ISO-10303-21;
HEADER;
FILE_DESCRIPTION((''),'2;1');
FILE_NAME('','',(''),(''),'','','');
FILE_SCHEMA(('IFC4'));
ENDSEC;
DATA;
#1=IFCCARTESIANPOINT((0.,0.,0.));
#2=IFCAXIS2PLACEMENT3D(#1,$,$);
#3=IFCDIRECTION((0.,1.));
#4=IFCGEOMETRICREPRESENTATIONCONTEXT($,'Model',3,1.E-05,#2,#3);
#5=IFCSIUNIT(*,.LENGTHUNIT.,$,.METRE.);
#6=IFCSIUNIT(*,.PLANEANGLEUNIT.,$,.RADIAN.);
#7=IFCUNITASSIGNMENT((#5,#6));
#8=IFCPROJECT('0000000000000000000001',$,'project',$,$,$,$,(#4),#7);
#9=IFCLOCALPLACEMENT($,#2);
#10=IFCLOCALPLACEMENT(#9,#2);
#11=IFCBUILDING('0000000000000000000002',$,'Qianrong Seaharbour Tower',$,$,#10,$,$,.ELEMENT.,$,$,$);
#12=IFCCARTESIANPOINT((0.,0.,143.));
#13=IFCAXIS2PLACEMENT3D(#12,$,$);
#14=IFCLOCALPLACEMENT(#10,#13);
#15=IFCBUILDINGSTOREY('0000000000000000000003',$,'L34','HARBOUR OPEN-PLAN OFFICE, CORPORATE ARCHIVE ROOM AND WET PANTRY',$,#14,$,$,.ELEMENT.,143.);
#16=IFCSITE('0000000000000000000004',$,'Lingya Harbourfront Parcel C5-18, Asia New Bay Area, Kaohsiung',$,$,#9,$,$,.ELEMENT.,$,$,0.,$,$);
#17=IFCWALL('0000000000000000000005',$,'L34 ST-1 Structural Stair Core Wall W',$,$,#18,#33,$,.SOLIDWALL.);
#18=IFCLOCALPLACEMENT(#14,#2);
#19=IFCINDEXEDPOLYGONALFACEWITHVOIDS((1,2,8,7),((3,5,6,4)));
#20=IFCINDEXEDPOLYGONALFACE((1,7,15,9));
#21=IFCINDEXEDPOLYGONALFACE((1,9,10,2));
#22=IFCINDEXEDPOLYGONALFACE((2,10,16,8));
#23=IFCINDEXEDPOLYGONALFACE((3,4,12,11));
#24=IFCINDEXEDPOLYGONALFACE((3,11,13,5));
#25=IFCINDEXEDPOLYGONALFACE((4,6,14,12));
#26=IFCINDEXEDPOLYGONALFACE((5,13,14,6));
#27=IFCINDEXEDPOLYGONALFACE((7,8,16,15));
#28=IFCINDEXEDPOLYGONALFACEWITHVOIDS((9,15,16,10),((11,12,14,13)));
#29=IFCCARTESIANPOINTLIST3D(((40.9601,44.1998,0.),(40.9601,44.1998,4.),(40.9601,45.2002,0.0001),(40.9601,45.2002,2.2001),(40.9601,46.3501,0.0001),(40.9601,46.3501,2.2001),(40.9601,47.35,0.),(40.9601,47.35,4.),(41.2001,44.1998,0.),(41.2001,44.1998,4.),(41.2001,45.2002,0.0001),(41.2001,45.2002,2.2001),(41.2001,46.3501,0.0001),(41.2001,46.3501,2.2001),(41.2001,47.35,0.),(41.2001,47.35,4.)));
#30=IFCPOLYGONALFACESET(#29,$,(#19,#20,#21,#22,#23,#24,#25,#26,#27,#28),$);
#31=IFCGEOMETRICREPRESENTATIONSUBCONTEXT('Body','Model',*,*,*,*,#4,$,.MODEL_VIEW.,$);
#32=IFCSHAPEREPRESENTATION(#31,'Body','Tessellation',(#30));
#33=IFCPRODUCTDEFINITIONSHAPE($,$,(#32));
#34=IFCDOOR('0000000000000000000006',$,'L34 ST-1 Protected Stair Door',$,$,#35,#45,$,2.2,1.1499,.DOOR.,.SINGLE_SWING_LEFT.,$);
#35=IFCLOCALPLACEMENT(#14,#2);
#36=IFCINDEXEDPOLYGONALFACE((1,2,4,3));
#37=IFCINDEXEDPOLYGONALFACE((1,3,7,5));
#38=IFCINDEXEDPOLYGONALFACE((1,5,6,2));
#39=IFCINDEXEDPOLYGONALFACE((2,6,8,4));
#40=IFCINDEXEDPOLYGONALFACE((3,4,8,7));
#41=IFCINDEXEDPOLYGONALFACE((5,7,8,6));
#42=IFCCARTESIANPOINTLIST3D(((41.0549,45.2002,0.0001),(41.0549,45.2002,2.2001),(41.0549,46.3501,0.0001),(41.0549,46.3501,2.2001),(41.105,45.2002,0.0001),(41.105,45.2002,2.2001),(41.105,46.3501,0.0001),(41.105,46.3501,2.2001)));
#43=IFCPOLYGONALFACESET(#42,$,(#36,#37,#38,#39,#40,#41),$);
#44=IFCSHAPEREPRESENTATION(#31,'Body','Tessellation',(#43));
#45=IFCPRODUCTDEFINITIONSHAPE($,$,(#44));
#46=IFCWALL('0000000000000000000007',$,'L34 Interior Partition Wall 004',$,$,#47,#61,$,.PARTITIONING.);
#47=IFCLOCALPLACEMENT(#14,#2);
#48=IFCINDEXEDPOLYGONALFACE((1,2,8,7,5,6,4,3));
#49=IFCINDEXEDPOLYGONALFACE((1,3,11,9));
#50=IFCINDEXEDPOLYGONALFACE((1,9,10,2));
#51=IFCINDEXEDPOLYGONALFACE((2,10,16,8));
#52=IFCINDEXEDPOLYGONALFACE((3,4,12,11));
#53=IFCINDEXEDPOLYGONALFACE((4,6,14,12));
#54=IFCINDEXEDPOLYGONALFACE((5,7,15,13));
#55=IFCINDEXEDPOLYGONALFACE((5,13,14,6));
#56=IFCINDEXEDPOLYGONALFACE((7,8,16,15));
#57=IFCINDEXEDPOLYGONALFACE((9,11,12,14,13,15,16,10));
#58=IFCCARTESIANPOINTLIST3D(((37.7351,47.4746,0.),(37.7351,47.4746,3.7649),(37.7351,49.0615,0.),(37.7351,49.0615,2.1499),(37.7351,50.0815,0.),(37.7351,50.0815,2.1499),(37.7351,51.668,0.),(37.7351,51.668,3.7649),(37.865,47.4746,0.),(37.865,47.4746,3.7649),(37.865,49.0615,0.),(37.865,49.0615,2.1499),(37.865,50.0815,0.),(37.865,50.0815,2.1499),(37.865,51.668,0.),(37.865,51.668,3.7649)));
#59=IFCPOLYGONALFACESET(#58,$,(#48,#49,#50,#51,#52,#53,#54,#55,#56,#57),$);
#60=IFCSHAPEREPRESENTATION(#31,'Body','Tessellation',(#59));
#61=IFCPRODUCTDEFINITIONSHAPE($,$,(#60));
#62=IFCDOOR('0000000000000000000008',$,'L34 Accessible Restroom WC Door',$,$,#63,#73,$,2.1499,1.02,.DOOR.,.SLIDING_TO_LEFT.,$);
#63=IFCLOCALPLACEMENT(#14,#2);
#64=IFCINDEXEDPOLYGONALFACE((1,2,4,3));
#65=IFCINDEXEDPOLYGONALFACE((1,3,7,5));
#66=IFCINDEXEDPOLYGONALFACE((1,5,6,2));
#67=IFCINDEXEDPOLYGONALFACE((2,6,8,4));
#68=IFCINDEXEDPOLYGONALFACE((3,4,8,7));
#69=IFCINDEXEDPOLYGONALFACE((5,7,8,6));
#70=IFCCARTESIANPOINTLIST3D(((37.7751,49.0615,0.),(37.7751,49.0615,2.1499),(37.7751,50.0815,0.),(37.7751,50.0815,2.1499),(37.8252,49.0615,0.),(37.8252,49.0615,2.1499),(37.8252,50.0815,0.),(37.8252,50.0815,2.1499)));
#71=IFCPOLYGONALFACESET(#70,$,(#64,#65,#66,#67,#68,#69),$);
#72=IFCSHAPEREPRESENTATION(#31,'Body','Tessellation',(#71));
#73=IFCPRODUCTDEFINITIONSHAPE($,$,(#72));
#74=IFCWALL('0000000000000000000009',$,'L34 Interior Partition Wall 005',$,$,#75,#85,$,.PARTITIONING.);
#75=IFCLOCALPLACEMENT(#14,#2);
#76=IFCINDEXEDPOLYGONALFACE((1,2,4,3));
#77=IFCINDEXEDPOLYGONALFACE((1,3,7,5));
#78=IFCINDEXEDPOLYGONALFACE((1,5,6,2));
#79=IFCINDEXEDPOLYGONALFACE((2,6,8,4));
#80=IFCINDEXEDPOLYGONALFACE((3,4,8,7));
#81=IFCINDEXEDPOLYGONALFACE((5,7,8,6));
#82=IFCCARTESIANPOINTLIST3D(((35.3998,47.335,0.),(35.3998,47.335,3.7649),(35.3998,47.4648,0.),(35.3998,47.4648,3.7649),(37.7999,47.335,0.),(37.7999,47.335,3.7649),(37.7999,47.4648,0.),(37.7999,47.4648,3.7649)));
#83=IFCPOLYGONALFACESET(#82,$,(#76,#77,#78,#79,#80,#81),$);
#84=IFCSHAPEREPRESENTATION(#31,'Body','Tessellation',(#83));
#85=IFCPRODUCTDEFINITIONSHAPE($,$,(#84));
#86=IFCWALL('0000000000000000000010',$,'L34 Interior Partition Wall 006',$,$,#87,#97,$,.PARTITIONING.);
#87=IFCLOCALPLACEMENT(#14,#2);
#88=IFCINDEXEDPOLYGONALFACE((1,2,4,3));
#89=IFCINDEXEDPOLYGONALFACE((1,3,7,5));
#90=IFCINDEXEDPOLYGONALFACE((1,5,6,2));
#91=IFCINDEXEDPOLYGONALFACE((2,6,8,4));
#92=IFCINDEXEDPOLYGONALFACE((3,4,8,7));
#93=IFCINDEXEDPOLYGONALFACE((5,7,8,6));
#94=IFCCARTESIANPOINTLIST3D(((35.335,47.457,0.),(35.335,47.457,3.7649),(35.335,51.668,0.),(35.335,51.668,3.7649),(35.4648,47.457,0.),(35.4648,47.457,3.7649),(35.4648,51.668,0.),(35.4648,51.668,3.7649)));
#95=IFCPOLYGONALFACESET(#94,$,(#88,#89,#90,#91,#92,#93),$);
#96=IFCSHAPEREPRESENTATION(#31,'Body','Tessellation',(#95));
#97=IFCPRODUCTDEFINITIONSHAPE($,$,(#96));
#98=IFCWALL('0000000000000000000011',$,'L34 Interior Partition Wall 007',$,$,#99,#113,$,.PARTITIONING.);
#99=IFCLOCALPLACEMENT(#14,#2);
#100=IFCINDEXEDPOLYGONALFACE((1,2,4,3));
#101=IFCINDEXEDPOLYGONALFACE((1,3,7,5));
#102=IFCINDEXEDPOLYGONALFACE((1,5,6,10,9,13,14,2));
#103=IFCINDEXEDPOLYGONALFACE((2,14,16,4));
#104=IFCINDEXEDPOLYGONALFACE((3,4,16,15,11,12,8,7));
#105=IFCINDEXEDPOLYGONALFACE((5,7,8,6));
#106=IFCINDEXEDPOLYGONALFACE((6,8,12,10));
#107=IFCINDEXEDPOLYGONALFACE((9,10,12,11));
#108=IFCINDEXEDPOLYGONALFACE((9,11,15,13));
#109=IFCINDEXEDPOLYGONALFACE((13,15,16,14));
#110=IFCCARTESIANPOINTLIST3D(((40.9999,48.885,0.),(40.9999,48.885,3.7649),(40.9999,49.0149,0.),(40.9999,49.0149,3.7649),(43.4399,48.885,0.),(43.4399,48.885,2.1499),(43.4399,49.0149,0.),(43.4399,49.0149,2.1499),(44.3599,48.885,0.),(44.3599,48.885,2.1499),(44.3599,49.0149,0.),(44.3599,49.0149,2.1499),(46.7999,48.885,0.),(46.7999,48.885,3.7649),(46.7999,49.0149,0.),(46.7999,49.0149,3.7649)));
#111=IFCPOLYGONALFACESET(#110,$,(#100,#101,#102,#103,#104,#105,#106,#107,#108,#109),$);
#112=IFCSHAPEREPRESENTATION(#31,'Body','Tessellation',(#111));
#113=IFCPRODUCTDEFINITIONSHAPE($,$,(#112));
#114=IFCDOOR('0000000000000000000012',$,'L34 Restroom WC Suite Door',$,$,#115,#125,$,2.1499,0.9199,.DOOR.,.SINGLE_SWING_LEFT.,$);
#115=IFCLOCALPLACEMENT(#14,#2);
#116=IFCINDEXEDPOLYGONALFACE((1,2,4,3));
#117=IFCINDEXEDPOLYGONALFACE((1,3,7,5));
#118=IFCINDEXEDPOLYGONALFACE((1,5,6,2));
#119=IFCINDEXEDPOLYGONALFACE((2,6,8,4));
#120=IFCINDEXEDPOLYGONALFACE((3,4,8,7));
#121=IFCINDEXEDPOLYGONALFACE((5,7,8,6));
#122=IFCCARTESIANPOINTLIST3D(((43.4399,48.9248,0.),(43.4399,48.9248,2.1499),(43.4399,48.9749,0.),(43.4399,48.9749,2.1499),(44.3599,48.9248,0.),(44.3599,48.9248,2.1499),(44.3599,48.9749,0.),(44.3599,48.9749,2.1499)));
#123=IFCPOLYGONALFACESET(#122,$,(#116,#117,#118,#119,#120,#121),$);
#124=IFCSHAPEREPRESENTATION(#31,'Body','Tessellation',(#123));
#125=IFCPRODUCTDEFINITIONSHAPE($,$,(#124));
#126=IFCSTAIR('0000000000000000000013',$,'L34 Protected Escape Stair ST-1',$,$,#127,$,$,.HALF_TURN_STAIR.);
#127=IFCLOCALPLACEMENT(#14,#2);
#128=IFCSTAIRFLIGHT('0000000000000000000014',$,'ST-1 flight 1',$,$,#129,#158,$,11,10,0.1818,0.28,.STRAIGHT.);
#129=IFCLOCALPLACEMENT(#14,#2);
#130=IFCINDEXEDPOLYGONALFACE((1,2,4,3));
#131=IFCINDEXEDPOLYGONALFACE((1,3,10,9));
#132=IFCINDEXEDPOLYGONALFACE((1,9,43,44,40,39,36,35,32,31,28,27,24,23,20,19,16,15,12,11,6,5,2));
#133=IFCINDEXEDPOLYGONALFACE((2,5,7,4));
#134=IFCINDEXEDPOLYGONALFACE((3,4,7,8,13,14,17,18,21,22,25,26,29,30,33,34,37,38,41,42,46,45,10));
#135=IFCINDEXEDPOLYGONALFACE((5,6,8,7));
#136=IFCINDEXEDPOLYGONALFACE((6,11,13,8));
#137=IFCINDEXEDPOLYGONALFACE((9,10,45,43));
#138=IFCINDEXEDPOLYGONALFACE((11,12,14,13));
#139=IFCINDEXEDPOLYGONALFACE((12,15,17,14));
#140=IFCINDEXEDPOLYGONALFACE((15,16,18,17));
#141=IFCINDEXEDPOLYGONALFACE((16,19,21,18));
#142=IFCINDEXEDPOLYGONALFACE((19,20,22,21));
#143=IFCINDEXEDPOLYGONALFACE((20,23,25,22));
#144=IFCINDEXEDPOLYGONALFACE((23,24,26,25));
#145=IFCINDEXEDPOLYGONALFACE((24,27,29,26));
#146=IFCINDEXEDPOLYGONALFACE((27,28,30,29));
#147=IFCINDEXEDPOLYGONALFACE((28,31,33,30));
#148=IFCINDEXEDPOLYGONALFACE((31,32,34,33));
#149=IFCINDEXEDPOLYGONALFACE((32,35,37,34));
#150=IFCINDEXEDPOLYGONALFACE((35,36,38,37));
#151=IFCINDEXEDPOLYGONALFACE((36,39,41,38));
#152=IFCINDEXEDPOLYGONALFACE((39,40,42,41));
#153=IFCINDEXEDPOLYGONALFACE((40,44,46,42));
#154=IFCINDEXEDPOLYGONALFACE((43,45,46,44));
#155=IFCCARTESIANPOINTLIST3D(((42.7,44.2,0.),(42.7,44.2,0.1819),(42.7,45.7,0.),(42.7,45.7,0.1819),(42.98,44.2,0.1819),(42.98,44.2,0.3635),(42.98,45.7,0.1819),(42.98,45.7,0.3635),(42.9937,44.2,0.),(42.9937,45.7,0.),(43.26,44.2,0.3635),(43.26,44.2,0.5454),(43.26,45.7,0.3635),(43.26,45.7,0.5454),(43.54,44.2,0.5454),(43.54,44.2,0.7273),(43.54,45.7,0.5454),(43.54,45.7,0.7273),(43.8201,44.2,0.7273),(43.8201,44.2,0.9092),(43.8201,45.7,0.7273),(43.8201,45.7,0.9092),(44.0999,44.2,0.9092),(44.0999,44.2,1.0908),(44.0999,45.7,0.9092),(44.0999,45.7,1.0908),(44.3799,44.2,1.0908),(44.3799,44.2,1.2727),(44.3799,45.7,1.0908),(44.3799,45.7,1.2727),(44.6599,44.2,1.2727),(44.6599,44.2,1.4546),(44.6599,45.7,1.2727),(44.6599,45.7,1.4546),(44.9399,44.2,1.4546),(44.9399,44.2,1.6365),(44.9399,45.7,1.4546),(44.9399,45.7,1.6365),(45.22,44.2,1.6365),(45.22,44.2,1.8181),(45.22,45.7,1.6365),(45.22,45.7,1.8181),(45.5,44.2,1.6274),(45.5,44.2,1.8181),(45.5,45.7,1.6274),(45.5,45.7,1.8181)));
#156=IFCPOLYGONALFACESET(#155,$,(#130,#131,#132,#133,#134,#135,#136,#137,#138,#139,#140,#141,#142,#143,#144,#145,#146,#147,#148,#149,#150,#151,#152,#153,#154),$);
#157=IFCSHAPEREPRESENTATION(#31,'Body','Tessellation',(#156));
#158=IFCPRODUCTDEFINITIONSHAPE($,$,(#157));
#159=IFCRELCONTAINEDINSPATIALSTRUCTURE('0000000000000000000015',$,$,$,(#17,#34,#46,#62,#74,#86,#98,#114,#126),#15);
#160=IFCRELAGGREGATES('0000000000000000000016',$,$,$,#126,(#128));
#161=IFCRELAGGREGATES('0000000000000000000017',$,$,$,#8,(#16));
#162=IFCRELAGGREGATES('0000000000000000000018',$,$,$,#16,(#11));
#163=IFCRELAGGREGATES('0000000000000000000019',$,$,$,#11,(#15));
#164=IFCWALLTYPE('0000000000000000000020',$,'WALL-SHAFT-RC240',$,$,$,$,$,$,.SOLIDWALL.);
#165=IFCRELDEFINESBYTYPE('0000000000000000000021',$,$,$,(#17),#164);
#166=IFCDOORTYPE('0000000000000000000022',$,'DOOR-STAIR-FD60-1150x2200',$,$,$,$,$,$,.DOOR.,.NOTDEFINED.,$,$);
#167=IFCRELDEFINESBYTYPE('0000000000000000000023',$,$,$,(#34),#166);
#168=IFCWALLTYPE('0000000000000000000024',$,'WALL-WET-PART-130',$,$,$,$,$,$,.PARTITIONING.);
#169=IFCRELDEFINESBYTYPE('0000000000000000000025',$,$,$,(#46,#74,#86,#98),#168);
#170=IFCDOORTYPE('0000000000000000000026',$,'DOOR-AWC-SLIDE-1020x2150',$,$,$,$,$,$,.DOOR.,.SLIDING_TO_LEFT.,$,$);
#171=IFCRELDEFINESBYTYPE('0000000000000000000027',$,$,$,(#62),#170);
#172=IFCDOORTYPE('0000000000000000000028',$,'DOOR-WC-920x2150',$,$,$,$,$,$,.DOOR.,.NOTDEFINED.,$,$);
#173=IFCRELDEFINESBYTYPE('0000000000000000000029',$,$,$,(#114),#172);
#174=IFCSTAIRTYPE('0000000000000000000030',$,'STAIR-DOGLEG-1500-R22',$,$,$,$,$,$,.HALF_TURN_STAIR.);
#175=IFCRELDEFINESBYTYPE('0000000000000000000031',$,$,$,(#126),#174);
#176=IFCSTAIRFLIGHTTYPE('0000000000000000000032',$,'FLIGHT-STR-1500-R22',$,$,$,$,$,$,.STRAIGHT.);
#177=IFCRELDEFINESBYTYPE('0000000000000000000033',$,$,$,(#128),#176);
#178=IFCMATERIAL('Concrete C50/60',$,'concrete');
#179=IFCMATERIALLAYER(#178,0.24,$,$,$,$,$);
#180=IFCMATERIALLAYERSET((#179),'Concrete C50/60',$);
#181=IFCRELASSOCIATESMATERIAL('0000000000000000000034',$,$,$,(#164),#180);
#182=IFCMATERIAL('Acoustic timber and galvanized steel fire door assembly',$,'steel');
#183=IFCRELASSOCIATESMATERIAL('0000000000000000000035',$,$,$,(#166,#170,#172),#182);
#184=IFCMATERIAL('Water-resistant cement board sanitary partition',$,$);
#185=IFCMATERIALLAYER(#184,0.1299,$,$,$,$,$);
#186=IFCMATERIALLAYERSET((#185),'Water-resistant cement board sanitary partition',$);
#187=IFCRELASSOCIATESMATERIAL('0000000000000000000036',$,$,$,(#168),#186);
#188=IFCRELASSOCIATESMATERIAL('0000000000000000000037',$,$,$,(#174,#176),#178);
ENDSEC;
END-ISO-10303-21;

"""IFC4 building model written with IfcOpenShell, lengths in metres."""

from ifc_helpers import new_model, si_unit, direction, frame, frame_2d, origin, place, context, subcontext, project, spatial, polyline, rectangle, outline, extrude, material, layer, layer_set, type_object, element, fill, aggregate, save


model = new_model("IFC4")

# Units and contexts
model_context = context("Model", 3, precision=1e-05, world=origin(), true_north=direction((0.0, 1.0)))
body_context = subcontext(model_context, "Body", "Model", "MODEL_VIEW")
ifc_project = project(units=[si_unit("LENGTHUNIT", "METRE"), si_unit("PLANEANGLEUNIT", "RADIAN")], contexts=[model_context])

# Site, building, storey
site_placement = place(None, origin())
site = spatial("IfcSite", under=ifc_project, at=site_placement, Name="Lingya Harbourfront Parcel C5-18, Asia New Bay Area, Kaohsiung", CompositionType="ELEMENT", RefElevation=0.0)
building_placement = place(site_placement, origin())
building = spatial("IfcBuilding", under=site, at=building_placement, Name="Qianrong Seaharbour Tower", CompositionType="ELEMENT")
storey_placement = place(building_placement, frame((0.0, 0.0, 143.0)))
storey = spatial("IfcBuildingStorey", under=building, at=storey_placement, Name="L34", Description="HARBOUR OPEN-PLAN OFFICE, CORPORATE ARCHIVE ROOM AND WET PANTRY", CompositionType="ELEMENT", Elevation=143.0)

# Shared definitions
ifc_material_1 = material(Name="Acoustic timber and galvanized steel fire door assembly", Category="steel")

# Shared definitions
ifc_material_2 = material(Name="Concrete C50/60", Category="concrete")
ifc_layer_1 = layer(ifc_material_2, 0.24)
ifc_layer_set_1 = layer_set([ifc_layer_1], Name="Concrete C50/60")
wall_type_1 = type_object("IfcWallType", Name="WALL-SHAFT-RC240", PredefinedType="SOLIDWALL", material=ifc_layer_set_1)

# Walls, openings, doors
wall_1_placement = place(storey_placement, frame((41.0801, 47.3501, 0.0), z_axis=(0.0, 0.0, 1.0), x_axis=(0.0, -1.0, 0.0)))
wall_1 = element("IfcWall", 1, at=wall_1_placement, inside=storey, type_object=wall_type_1, Name="L34 ST-1 Structural Stair Core Wall W", PredefinedType="SOLIDWALL", context=body_context, shape_type="SweptSolid", body=[
    extrude(rectangle(XDim=3.1501, YDim=0.24, at=frame_2d((1.5752, 0.0))), origin(), (0.0, 0.0, 1.0), 4.0),
])
opening_1_placement = place(wall_1_placement, frame((1.0, 0.0, 0.0)))
opening_1 = element("IfcOpeningElement", 2, at=opening_1_placement, cuts=wall_1, PredefinedType="OPENING", context=body_context, shape_type="SweptSolid", body=[
    extrude(rectangle(XDim=1.1499, YDim=2.2, at=frame_2d((0.575, 1.1001))), frame((0.0, 0.1299, 0.0), z_axis=(0.0, -1.0, 0.0), x_axis=(1.0, 0.0, 0.0)), (0.0, 0.0, 1.0), 0.26),
])
door_type_1 = type_object("IfcDoorType", Name="DOOR-STAIR-FD60-1150x2200", OperationType="NOTDEFINED", PredefinedType="DOOR", material=ifc_material_1)
door_1_placement = place(opening_1_placement, origin())
door_1 = element("IfcDoor", 3, at=door_1_placement, inside=storey, type_object=door_type_1, Name="L34 ST-1 Protected Stair Door", OperationType="SINGLE_SWING_LEFT", OverallHeight=2.2, OverallWidth=1.1499, PredefinedType="DOOR", context=body_context, shape_type="SweptSolid", body=[
    extrude(rectangle(XDim=1.1499, YDim=2.2, at=frame_2d((0.575, 1.1001))), frame((0.0, 0.0249, 0.0), z_axis=(0.0, -1.0, 0.0), x_axis=(1.0, 0.0, 0.0)), (0.0, 0.0, 1.0), 0.05),
])
fill(opening_1, door_1)
ifc_material_3 = material(Name="Water-resistant cement board sanitary partition")
ifc_layer_2 = layer(ifc_material_3, 0.1299)
ifc_layer_set_2 = layer_set([ifc_layer_2], Name="Water-resistant cement board sanitary partition")
wall_type_2 = type_object("IfcWallType", Name="WALL-WET-PART-130", PredefinedType="PARTITIONING", material=ifc_layer_set_2)
wall_2_placement = place(storey_placement, frame((37.8, 47.4746, 0.0), z_axis=(0.0, 0.0, 1.0), x_axis=(0.0, 1.0, 0.0)))
wall_2 = element("IfcWall", 4, at=wall_2_placement, inside=storey, type_object=wall_type_2, Name="L34 Interior Partition Wall 004", PredefinedType="PARTITIONING", context=body_context, shape_type="SweptSolid", body=[
    extrude(rectangle(XDim=4.1934, YDim=0.1299, at=frame_2d((2.0967, 0.0))), origin(), (0.0, 0.0, 1.0), 3.7649),
])
opening_2_placement = place(wall_2_placement, frame((1.5869, 0.0, 0.0)))
opening_2 = element("IfcOpeningElement", 5, at=opening_2_placement, cuts=wall_2, PredefinedType="OPENING", context=body_context, shape_type="SweptSolid", body=[
    extrude(rectangle(XDim=1.02, YDim=2.1499, at=frame_2d((0.51, 1.075))), frame((0.0, 0.075, 0.0), z_axis=(0.0, -1.0, 0.0), x_axis=(1.0, 0.0, 0.0)), (0.0, 0.0, 1.0), 0.1499),
])
door_type_2 = type_object("IfcDoorType", Name="DOOR-AWC-SLIDE-1020x2150", OperationType="SLIDING_TO_LEFT", PredefinedType="DOOR", material=ifc_material_1)
door_2_placement = place(opening_2_placement, origin())
door_2 = element("IfcDoor", 6, at=door_2_placement, inside=storey, type_object=door_type_2, Name="L34 Accessible Restroom WC Door", OperationType="SLIDING_TO_LEFT", OverallHeight=2.1499, OverallWidth=1.02, PredefinedType="DOOR", context=body_context, shape_type="SweptSolid", body=[
    extrude(rectangle(XDim=1.02, YDim=2.1499, at=frame_2d((0.51, 1.075))), frame((0.0, 0.0249, 0.0), z_axis=(0.0, -1.0, 0.0), x_axis=(1.0, 0.0, 0.0)), (0.0, 0.0, 1.0), 0.05),
])
fill(opening_2, door_2)

# Walls
wall_3_placement = place(storey_placement, frame((37.8, 47.3999, 0.0), z_axis=(0.0, 0.0, 1.0), x_axis=(-1.0, 0.0, 0.0)))
element("IfcWall", 7, at=wall_3_placement, inside=storey, type_object=wall_type_2, Name="L34 Interior Partition Wall 005", PredefinedType="PARTITIONING", context=body_context, shape_type="SweptSolid", body=[
    extrude(rectangle(XDim=2.4001, YDim=0.1299, at=frame_2d((1.2002, 0.0))), origin(), (0.0, 0.0, 1.0), 3.7649),
])
wall_4_placement = place(storey_placement, frame((35.3999, 47.457, 0.0), z_axis=(0.0, 0.0, 1.0), x_axis=(0.0, 1.0, 0.0)))
element("IfcWall", 8, at=wall_4_placement, inside=storey, type_object=wall_type_2, Name="L34 Interior Partition Wall 006", PredefinedType="PARTITIONING", context=body_context, shape_type="SweptSolid", body=[
    extrude(rectangle(XDim=4.2109, YDim=0.1299, at=frame_2d((2.1055, 0.0))), origin(), (0.0, 0.0, 1.0), 3.7649),
])

# Wall, opening, door
wall_5_placement = place(storey_placement, frame((41.0, 48.95, 0.0), z_axis=(0.0, 0.0, 1.0), x_axis=(1.0, 0.0, 0.0)))
wall_5 = element("IfcWall", 9, at=wall_5_placement, inside=storey, type_object=wall_type_2, Name="L34 Interior Partition Wall 007", PredefinedType="PARTITIONING", context=body_context, shape_type="SweptSolid", body=[
    extrude(rectangle(XDim=5.8, YDim=0.1299, at=frame_2d((2.8999, 0.0))), origin(), (0.0, 0.0, 1.0), 3.7649),
])
opening_3_placement = place(wall_5_placement, frame((2.4399, 0.0, 0.0)))
opening_3 = element("IfcOpeningElement", 10, at=opening_3_placement, cuts=wall_5, PredefinedType="OPENING", context=body_context, shape_type="SweptSolid", body=[
    extrude(rectangle(XDim=0.9199, YDim=2.1499, at=frame_2d((0.46, 1.075))), frame((0.0, 0.075, 0.0), z_axis=(0.0, -1.0, 0.0), x_axis=(1.0, 0.0, 0.0)), (0.0, 0.0, 1.0), 0.1499),
])
door_type_3 = type_object("IfcDoorType", Name="DOOR-WC-920x2150", OperationType="NOTDEFINED", PredefinedType="DOOR", material=ifc_material_1)
door_3_placement = place(opening_3_placement, origin())
door_3 = element("IfcDoor", 11, at=door_3_placement, inside=storey, type_object=door_type_3, Name="L34 Restroom WC Suite Door", OperationType="SINGLE_SWING_LEFT", OverallHeight=2.1499, OverallWidth=0.9199, PredefinedType="DOOR", context=body_context, shape_type="SweptSolid", body=[
    extrude(rectangle(XDim=0.9199, YDim=2.1499, at=frame_2d((0.46, 1.075))), frame((0.0, 0.0249, 0.0), z_axis=(0.0, -1.0, 0.0), x_axis=(1.0, 0.0, 0.0)), (0.0, 0.0, 1.0), 0.05),
])
fill(opening_3, door_3)

# Stair, stair flight
stair_type = type_object("IfcStairType", Name="STAIR-DOGLEG-1500-R22", PredefinedType="HALF_TURN_STAIR", material=ifc_material_2)
stair_placement = place(storey_placement, origin())
stair = element("IfcStair", 12, at=stair_placement, inside=storey, type_object=stair_type, Name="L34 Protected Escape Stair ST-1", PredefinedType="HALF_TURN_STAIR")
stair_flight_type = type_object("IfcStairFlightType", Name="FLIGHT-STR-1500-R22", PredefinedType="STRAIGHT", material=ifc_material_2)
stair_flight_placement = place(storey_placement, frame((42.7, 44.95, 0.0), z_axis=(0.0, 0.0, 1.0), x_axis=(1.0, 0.0, 0.0)))
stair_flight = element("IfcStairFlight", 13, at=stair_flight_placement, type_object=stair_flight_type, Name="ST-1 flight 1", NumberOfRisers=11, NumberOfTreads=10, PredefinedType="STRAIGHT", RiserHeight=0.1818, TreadLength=0.28, context=body_context, shape_type="SweptSolid", body=[
    extrude(outline(polyline([(0.0, 0.0), (0.0, 0.1819), (0.28, 0.1819), (0.28, 0.3635), (0.5601, 0.3635), (0.5601, 0.5454), (0.8401, 0.5454), (0.8401, 0.7273), (1.1201, 0.7273), (1.1201, 0.9092), (1.3999, 0.9092), (1.3999, 1.0908), (1.6799, 1.0908), (1.6799, 1.2727), (1.96, 1.2727), (1.96, 1.4546), (2.24, 1.4546), (2.24, 1.6365), (2.52, 1.6365), (2.52, 1.8181), (2.8, 1.8181), (2.8, 2.0), (2.8, 1.6274), (0.2937, 0.0), (0.0, 0.0)])), frame((0.0, 0.75, 0.0), z_axis=(0.0, -1.0, 0.0), x_axis=(1.0, 0.0, 0.0)), (0.0, 0.0, 1.0), 1.5),
])
aggregate(stair, [stair_flight])

save(model, "model.ifc")
